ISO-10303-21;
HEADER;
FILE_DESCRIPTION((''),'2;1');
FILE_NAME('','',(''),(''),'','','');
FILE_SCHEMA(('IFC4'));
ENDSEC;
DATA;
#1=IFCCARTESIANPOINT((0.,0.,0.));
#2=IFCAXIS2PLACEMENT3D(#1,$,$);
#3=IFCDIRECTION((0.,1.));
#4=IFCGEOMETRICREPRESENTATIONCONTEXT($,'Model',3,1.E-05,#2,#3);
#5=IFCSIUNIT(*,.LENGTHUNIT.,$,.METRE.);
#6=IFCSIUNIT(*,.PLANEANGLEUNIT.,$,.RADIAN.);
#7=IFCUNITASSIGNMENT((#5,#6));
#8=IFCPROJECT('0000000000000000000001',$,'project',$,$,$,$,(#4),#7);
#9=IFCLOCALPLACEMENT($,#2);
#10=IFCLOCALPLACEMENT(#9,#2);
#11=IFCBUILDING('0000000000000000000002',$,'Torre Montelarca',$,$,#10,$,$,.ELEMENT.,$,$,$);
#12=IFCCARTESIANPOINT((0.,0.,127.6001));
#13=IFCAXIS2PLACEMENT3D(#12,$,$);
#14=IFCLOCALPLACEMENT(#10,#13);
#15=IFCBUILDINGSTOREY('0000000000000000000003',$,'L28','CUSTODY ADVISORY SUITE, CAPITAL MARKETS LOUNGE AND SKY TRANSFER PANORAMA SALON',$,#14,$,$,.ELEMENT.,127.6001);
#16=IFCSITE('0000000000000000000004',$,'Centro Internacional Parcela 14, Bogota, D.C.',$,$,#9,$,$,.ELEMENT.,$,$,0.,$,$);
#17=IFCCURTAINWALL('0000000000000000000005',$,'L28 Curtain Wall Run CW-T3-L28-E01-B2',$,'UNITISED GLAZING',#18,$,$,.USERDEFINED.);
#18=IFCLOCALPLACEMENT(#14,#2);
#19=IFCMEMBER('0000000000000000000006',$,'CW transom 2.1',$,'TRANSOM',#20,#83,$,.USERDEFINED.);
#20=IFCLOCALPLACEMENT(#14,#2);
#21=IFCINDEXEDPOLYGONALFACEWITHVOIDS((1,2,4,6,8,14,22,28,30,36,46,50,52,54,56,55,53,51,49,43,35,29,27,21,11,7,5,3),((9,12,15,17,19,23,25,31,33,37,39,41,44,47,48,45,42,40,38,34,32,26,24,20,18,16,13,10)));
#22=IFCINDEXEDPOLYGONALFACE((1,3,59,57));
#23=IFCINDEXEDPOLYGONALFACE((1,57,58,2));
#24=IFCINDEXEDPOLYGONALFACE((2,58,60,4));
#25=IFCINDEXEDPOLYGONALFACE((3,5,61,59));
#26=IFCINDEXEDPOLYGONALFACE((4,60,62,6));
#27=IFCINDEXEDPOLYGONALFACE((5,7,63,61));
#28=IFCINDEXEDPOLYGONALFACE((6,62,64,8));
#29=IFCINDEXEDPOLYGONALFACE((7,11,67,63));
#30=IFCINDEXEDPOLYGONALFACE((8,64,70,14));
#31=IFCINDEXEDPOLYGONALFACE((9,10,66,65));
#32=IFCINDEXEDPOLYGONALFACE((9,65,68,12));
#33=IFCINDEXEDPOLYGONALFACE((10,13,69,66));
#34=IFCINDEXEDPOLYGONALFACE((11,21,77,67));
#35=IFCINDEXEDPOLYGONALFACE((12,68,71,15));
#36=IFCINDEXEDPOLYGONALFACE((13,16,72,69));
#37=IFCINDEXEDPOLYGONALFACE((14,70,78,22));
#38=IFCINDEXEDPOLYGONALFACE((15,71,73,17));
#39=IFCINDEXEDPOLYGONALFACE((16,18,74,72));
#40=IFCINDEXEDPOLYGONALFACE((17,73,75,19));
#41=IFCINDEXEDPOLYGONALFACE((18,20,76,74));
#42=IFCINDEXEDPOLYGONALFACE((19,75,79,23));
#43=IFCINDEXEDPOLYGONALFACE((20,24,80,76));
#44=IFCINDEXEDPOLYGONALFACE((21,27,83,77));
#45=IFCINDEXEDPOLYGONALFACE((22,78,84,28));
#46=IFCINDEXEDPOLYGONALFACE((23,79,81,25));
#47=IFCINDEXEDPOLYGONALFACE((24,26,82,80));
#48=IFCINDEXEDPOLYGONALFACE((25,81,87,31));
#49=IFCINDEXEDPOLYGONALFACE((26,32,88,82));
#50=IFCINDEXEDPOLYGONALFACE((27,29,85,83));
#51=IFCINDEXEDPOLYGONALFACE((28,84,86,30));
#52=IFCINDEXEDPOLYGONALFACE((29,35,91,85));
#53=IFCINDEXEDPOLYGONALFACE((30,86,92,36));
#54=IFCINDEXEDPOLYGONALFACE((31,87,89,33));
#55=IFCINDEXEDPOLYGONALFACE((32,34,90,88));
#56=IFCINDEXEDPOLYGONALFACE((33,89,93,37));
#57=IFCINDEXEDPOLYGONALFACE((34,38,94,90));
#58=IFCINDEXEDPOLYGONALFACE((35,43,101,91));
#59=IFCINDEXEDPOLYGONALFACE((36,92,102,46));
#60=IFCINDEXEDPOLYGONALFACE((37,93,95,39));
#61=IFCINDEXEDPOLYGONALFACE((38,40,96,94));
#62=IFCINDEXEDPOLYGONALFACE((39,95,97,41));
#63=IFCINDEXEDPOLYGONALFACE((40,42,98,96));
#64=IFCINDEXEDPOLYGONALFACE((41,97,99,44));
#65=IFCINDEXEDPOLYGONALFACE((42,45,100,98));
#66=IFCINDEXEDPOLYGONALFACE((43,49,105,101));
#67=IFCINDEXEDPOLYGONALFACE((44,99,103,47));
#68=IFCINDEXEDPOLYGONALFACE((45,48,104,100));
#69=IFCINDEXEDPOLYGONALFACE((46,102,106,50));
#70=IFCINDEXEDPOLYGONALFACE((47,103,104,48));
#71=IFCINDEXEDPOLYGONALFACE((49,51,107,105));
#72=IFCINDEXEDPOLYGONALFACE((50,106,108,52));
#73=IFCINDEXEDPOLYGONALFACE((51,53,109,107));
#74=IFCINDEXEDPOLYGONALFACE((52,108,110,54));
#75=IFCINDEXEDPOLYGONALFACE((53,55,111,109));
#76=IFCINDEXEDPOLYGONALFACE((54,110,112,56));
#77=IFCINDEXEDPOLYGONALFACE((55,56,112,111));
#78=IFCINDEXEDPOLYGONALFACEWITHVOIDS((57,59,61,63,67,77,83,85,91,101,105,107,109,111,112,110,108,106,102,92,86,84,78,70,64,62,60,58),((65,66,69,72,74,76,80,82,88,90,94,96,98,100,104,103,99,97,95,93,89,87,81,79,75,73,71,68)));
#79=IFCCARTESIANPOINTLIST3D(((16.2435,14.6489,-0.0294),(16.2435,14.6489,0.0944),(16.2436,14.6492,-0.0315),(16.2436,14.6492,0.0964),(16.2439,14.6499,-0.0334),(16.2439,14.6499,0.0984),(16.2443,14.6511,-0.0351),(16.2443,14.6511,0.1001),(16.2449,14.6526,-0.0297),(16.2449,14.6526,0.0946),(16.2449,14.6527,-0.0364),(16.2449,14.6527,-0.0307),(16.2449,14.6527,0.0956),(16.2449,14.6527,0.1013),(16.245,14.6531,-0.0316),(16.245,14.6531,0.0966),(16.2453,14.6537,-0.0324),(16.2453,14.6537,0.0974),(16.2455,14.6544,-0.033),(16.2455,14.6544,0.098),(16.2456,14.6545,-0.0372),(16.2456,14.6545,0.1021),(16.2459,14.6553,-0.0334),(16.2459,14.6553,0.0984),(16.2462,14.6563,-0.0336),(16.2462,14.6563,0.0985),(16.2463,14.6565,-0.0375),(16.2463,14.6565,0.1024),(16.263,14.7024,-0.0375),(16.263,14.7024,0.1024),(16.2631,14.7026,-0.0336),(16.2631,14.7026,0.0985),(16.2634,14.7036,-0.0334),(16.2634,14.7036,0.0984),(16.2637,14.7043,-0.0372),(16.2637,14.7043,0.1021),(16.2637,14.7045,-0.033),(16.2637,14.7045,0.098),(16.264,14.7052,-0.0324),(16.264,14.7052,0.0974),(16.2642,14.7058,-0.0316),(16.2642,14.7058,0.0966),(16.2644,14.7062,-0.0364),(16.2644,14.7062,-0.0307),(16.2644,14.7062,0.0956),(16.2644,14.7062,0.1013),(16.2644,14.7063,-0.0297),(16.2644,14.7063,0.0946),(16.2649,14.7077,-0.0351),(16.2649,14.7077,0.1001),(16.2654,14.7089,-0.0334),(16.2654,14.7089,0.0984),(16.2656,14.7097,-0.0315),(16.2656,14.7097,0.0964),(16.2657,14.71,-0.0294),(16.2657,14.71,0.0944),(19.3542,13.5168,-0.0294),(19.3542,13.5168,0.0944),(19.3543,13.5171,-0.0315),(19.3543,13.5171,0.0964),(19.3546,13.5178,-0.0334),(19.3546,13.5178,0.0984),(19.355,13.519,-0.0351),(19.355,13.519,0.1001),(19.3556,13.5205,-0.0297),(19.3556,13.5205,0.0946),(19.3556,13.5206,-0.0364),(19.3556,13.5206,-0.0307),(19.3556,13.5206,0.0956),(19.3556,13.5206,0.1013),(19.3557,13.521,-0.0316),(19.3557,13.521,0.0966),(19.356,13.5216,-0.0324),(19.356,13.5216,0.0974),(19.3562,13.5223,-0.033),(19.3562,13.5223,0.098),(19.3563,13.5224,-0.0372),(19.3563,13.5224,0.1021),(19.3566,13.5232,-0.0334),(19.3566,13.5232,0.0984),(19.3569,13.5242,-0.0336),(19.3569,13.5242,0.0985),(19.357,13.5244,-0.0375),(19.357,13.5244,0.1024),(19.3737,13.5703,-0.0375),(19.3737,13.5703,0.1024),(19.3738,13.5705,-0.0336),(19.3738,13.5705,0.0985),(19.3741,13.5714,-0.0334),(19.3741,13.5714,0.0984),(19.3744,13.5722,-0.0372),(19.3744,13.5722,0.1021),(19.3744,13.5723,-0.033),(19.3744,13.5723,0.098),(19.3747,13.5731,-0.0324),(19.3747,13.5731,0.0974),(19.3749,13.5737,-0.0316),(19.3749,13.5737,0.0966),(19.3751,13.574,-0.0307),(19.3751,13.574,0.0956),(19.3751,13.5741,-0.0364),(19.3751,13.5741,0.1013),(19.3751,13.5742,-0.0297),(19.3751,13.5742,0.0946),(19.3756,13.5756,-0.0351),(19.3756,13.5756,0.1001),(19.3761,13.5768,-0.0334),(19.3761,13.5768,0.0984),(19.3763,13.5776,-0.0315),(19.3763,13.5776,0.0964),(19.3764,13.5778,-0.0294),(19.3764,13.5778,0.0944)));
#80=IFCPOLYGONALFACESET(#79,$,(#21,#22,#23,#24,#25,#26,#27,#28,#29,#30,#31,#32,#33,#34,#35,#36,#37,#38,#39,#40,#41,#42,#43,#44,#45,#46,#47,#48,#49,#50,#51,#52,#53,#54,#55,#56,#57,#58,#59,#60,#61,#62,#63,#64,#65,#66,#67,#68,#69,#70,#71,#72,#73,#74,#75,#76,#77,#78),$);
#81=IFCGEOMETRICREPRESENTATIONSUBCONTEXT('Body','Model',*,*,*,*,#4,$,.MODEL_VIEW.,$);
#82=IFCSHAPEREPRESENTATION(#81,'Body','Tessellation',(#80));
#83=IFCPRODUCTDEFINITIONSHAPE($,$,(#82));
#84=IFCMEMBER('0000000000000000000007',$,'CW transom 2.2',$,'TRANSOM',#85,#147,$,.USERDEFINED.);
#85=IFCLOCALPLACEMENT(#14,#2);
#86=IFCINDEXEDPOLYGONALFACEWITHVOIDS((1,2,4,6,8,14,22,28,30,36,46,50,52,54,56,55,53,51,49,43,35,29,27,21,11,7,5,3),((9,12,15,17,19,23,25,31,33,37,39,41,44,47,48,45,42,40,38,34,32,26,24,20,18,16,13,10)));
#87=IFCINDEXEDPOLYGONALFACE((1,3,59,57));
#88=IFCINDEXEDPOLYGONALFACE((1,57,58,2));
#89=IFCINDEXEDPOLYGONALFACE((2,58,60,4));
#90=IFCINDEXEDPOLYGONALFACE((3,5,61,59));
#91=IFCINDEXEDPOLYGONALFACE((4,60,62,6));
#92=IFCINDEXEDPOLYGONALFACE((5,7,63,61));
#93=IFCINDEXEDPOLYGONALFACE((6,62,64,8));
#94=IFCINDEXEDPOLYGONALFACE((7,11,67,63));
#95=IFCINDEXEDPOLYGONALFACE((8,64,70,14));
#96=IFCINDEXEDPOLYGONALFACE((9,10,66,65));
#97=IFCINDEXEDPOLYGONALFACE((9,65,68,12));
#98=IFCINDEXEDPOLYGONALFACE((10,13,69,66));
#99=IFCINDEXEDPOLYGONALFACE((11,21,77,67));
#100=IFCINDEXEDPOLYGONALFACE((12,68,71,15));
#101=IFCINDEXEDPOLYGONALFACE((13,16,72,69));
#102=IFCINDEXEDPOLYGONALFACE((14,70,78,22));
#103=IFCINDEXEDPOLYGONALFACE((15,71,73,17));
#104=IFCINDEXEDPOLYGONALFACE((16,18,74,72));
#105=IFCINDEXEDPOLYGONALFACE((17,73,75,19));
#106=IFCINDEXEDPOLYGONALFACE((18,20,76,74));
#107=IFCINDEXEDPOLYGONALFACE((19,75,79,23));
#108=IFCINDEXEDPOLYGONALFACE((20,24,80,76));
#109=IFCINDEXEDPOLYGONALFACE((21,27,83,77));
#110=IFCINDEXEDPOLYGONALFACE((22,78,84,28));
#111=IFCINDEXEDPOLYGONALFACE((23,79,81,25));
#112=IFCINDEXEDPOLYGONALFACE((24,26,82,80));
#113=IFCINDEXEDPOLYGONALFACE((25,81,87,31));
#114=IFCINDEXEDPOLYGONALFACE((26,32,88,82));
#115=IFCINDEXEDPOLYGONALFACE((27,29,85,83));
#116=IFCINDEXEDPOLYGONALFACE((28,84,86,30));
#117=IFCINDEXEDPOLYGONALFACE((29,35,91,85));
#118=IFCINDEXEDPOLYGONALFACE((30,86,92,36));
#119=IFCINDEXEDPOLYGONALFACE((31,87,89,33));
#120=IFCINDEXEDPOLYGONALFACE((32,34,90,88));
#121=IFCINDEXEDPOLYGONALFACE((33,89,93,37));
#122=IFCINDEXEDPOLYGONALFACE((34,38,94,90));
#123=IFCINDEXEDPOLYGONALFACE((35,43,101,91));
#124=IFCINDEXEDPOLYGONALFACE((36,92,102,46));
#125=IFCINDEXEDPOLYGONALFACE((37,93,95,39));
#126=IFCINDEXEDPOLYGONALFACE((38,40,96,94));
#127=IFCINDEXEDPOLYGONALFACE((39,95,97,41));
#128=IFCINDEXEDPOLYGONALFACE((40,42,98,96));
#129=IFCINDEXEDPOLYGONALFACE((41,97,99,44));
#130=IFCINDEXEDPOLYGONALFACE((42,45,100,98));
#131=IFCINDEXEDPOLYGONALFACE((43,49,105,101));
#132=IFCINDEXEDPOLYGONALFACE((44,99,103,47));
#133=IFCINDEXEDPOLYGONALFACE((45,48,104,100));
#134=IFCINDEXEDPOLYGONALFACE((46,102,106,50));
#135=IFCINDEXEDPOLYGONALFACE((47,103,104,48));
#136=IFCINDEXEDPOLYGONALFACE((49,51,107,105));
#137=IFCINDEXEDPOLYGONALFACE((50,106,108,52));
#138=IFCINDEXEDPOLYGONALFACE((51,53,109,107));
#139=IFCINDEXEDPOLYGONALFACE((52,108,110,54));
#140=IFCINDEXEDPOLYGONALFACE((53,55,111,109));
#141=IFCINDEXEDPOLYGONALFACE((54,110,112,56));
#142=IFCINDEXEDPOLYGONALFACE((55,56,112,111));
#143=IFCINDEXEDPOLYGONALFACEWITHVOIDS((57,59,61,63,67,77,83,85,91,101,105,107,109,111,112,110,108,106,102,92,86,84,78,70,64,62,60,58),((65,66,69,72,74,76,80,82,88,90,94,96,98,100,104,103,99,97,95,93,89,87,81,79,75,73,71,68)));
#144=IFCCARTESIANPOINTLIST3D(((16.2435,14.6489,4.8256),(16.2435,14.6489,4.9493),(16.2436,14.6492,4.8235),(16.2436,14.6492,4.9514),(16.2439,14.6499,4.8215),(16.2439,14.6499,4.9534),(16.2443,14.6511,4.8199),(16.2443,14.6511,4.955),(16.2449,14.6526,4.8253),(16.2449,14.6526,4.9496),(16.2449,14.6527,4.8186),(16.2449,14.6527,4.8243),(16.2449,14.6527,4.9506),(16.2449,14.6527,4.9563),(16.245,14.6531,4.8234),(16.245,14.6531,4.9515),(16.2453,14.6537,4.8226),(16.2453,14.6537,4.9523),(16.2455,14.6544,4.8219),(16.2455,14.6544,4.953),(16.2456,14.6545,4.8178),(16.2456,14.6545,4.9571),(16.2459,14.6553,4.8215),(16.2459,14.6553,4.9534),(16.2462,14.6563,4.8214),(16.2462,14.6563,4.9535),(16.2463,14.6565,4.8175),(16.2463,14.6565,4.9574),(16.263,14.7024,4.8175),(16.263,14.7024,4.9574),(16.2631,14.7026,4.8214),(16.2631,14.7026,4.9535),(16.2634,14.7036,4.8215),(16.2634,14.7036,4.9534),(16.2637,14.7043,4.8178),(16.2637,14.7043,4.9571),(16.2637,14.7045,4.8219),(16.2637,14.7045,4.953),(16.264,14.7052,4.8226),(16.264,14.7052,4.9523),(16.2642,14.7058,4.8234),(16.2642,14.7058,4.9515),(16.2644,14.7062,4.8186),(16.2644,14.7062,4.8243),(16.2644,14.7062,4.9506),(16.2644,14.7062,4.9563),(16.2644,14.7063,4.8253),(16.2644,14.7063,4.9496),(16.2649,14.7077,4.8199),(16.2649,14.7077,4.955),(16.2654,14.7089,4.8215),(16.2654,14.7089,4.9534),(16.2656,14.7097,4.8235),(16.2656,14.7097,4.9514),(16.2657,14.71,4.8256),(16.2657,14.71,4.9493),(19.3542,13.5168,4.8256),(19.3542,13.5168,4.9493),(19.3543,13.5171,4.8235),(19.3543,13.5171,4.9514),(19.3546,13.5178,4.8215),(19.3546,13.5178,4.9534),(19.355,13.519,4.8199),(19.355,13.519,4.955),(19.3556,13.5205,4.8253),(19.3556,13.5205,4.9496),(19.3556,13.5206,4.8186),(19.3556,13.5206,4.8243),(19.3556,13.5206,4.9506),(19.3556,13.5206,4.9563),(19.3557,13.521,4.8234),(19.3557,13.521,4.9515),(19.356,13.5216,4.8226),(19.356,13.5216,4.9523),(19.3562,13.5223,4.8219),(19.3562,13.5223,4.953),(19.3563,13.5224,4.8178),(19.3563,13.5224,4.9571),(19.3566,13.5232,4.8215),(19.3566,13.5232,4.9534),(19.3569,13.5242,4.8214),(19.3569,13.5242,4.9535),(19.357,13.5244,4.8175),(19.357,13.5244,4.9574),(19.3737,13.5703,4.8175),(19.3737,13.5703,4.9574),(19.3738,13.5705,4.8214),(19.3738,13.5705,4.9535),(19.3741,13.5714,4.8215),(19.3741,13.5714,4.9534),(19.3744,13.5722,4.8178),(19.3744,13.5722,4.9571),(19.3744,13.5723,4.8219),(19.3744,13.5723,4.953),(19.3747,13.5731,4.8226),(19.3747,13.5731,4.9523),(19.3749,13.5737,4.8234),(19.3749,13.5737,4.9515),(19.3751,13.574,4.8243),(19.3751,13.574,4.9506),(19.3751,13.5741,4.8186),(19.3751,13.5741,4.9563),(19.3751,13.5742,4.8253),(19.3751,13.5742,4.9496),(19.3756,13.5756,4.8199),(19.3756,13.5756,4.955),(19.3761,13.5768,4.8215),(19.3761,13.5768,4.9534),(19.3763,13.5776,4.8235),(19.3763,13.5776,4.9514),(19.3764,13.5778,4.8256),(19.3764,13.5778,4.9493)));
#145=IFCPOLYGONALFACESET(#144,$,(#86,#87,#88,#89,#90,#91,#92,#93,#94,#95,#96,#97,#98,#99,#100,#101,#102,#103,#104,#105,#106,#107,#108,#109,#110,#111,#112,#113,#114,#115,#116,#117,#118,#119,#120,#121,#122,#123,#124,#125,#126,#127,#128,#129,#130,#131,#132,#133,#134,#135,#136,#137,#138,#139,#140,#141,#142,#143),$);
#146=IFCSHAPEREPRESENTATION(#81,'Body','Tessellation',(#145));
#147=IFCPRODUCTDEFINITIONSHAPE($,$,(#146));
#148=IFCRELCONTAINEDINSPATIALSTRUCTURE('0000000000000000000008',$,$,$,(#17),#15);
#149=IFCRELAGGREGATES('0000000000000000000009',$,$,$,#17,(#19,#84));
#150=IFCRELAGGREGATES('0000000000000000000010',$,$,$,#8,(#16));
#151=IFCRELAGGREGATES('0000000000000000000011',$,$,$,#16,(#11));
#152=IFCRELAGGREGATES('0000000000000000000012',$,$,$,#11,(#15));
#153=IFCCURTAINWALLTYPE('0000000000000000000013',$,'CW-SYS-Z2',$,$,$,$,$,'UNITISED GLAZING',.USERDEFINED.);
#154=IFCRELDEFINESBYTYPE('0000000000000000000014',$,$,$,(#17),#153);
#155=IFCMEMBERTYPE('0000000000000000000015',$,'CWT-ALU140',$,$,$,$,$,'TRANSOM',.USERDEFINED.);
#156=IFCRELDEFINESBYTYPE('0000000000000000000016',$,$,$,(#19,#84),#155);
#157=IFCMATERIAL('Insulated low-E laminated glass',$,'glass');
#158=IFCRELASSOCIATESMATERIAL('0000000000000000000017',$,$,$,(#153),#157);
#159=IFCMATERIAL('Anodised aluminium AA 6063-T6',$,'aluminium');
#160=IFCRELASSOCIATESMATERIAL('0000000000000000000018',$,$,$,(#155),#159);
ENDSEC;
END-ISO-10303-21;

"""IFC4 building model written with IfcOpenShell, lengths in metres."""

from ifc_helpers import new_model, si_unit, direction, frame, origin, origin_2d, place, context, subcontext, project, spatial, hollow_rectangle, extrude, source, transform, mapped, material, material_profile, profile_set, type_object, element, aggregate, save


model = new_model("IFC4")

# Units and contexts
model_context = context("Model", 3, precision=1e-05, world=origin(), true_north=direction((0.0, 1.0)))
body_context = subcontext(model_context, "Body", "Model", "MODEL_VIEW")
ifc_project = project(units=[si_unit("LENGTHUNIT", "METRE"), si_unit("PLANEANGLEUNIT", "RADIAN")], contexts=[model_context])

# Site, building, storey
site_placement = place(None, origin())
site = spatial("IfcSite", under=ifc_project, at=site_placement, Name="Centro Internacional Parcela 14, Bogota, D.C.", CompositionType="ELEMENT", RefElevation=0.0)
building_placement = place(site_placement, origin())
building = spatial("IfcBuilding", under=site, at=building_placement, Name="Torre Montelarca", CompositionType="ELEMENT")
storey_placement = place(building_placement, frame((0.0, 0.0, 127.6001)))
storey = spatial("IfcBuildingStorey", under=building, at=storey_placement, Name="L28", Description="CUSTODY ADVISORY SUITE, CAPITAL MARKETS LOUNGE AND SKY TRANSFER PANORAMA SALON", CompositionType="ELEMENT", Elevation=127.6001)

# Curtain wall
ifc_material_1 = material(Name="Insulated low-E laminated glass", Category="glass")
curtain_wall_type = type_object("IfcCurtainWallType", Name="CW-SYS-Z2", ElementType="UNITISED GLAZING", PredefinedType="USERDEFINED", material=ifc_material_1)
ifc_material_2 = material(Name="Anodised aluminium AA 6063-T6", Category="aluminium")
curtain_wall_1_placement = place(storey_placement, origin())
curtain_wall_1 = element("IfcCurtainWall", 1, at=curtain_wall_1_placement, inside=storey, type_object=curtain_wall_type, Name="L28 Curtain Wall Run CW-T3-L28-E01-B2", ObjectType="UNITISED GLAZING", PredefinedType="USERDEFINED")

# Members
ifc_material_profile_1 = material_profile(ifc_material_2, hollow_rectangle(XDim=0.0649, YDim=0.1399, WallThickness=0.0039, InnerFilletRadius=0.0039, OuterFilletRadius=0.0081, at=origin_2d()), Name="ALU65X140X4", Category="aluminium")
ifc_profile_set_1 = profile_set([ifc_material_profile_1], Name="Anodised aluminium AA 6063-T6")
member_type_1 = type_object("IfcMemberType", Name="CWT-ALU140", ElementType="TRANSOM", PredefinedType="USERDEFINED", material=ifc_profile_set_1)
shared_shape_1 = source(origin(), body_context, "Body", "SweptSolid", [
    extrude(hollow_rectangle(XDim=0.0649, YDim=0.1399, WallThickness=0.0039, InnerFilletRadius=0.0039, OuterFilletRadius=0.0081, at=origin_2d()), origin(), (0.0, 0.0, 1.0), 3.3103),
])
member_1_placement = place(storey_placement, frame((16.2546, 14.6794, 0.0325), z_axis=(0.939701, -0.341998, 0.0), x_axis=(0.341998, 0.939701, 0.0)))
member_1 = element("IfcMember", 2, at=member_1_placement, type_object=member_type_1, Name="CW transom 2.1", ObjectType="TRANSOM", PredefinedType="USERDEFINED", context=body_context, shape_type="MappedRepresentation", body=[
    mapped(shared_shape_1, transform((0.0, 0.0, 0.0), scale=1.0)),
])
member_2_placement = place(storey_placement, frame((16.2546, 14.6794, 4.8875), z_axis=(0.939701, -0.341998, 0.0), x_axis=(0.341998, 0.939701, 0.0)))
member_2 = element("IfcMember", 3, at=member_2_placement, type_object=member_type_1, Name="CW transom 2.2", ObjectType="TRANSOM", PredefinedType="USERDEFINED", context=body_context, shape_type="MappedRepresentation", body=[
    mapped(shared_shape_1, transform((0.0, 0.0, 0.0), scale=1.0)),
])

aggregate(curtain_wall_1, [member_1, member_2])

save(model, "model.ifc")
